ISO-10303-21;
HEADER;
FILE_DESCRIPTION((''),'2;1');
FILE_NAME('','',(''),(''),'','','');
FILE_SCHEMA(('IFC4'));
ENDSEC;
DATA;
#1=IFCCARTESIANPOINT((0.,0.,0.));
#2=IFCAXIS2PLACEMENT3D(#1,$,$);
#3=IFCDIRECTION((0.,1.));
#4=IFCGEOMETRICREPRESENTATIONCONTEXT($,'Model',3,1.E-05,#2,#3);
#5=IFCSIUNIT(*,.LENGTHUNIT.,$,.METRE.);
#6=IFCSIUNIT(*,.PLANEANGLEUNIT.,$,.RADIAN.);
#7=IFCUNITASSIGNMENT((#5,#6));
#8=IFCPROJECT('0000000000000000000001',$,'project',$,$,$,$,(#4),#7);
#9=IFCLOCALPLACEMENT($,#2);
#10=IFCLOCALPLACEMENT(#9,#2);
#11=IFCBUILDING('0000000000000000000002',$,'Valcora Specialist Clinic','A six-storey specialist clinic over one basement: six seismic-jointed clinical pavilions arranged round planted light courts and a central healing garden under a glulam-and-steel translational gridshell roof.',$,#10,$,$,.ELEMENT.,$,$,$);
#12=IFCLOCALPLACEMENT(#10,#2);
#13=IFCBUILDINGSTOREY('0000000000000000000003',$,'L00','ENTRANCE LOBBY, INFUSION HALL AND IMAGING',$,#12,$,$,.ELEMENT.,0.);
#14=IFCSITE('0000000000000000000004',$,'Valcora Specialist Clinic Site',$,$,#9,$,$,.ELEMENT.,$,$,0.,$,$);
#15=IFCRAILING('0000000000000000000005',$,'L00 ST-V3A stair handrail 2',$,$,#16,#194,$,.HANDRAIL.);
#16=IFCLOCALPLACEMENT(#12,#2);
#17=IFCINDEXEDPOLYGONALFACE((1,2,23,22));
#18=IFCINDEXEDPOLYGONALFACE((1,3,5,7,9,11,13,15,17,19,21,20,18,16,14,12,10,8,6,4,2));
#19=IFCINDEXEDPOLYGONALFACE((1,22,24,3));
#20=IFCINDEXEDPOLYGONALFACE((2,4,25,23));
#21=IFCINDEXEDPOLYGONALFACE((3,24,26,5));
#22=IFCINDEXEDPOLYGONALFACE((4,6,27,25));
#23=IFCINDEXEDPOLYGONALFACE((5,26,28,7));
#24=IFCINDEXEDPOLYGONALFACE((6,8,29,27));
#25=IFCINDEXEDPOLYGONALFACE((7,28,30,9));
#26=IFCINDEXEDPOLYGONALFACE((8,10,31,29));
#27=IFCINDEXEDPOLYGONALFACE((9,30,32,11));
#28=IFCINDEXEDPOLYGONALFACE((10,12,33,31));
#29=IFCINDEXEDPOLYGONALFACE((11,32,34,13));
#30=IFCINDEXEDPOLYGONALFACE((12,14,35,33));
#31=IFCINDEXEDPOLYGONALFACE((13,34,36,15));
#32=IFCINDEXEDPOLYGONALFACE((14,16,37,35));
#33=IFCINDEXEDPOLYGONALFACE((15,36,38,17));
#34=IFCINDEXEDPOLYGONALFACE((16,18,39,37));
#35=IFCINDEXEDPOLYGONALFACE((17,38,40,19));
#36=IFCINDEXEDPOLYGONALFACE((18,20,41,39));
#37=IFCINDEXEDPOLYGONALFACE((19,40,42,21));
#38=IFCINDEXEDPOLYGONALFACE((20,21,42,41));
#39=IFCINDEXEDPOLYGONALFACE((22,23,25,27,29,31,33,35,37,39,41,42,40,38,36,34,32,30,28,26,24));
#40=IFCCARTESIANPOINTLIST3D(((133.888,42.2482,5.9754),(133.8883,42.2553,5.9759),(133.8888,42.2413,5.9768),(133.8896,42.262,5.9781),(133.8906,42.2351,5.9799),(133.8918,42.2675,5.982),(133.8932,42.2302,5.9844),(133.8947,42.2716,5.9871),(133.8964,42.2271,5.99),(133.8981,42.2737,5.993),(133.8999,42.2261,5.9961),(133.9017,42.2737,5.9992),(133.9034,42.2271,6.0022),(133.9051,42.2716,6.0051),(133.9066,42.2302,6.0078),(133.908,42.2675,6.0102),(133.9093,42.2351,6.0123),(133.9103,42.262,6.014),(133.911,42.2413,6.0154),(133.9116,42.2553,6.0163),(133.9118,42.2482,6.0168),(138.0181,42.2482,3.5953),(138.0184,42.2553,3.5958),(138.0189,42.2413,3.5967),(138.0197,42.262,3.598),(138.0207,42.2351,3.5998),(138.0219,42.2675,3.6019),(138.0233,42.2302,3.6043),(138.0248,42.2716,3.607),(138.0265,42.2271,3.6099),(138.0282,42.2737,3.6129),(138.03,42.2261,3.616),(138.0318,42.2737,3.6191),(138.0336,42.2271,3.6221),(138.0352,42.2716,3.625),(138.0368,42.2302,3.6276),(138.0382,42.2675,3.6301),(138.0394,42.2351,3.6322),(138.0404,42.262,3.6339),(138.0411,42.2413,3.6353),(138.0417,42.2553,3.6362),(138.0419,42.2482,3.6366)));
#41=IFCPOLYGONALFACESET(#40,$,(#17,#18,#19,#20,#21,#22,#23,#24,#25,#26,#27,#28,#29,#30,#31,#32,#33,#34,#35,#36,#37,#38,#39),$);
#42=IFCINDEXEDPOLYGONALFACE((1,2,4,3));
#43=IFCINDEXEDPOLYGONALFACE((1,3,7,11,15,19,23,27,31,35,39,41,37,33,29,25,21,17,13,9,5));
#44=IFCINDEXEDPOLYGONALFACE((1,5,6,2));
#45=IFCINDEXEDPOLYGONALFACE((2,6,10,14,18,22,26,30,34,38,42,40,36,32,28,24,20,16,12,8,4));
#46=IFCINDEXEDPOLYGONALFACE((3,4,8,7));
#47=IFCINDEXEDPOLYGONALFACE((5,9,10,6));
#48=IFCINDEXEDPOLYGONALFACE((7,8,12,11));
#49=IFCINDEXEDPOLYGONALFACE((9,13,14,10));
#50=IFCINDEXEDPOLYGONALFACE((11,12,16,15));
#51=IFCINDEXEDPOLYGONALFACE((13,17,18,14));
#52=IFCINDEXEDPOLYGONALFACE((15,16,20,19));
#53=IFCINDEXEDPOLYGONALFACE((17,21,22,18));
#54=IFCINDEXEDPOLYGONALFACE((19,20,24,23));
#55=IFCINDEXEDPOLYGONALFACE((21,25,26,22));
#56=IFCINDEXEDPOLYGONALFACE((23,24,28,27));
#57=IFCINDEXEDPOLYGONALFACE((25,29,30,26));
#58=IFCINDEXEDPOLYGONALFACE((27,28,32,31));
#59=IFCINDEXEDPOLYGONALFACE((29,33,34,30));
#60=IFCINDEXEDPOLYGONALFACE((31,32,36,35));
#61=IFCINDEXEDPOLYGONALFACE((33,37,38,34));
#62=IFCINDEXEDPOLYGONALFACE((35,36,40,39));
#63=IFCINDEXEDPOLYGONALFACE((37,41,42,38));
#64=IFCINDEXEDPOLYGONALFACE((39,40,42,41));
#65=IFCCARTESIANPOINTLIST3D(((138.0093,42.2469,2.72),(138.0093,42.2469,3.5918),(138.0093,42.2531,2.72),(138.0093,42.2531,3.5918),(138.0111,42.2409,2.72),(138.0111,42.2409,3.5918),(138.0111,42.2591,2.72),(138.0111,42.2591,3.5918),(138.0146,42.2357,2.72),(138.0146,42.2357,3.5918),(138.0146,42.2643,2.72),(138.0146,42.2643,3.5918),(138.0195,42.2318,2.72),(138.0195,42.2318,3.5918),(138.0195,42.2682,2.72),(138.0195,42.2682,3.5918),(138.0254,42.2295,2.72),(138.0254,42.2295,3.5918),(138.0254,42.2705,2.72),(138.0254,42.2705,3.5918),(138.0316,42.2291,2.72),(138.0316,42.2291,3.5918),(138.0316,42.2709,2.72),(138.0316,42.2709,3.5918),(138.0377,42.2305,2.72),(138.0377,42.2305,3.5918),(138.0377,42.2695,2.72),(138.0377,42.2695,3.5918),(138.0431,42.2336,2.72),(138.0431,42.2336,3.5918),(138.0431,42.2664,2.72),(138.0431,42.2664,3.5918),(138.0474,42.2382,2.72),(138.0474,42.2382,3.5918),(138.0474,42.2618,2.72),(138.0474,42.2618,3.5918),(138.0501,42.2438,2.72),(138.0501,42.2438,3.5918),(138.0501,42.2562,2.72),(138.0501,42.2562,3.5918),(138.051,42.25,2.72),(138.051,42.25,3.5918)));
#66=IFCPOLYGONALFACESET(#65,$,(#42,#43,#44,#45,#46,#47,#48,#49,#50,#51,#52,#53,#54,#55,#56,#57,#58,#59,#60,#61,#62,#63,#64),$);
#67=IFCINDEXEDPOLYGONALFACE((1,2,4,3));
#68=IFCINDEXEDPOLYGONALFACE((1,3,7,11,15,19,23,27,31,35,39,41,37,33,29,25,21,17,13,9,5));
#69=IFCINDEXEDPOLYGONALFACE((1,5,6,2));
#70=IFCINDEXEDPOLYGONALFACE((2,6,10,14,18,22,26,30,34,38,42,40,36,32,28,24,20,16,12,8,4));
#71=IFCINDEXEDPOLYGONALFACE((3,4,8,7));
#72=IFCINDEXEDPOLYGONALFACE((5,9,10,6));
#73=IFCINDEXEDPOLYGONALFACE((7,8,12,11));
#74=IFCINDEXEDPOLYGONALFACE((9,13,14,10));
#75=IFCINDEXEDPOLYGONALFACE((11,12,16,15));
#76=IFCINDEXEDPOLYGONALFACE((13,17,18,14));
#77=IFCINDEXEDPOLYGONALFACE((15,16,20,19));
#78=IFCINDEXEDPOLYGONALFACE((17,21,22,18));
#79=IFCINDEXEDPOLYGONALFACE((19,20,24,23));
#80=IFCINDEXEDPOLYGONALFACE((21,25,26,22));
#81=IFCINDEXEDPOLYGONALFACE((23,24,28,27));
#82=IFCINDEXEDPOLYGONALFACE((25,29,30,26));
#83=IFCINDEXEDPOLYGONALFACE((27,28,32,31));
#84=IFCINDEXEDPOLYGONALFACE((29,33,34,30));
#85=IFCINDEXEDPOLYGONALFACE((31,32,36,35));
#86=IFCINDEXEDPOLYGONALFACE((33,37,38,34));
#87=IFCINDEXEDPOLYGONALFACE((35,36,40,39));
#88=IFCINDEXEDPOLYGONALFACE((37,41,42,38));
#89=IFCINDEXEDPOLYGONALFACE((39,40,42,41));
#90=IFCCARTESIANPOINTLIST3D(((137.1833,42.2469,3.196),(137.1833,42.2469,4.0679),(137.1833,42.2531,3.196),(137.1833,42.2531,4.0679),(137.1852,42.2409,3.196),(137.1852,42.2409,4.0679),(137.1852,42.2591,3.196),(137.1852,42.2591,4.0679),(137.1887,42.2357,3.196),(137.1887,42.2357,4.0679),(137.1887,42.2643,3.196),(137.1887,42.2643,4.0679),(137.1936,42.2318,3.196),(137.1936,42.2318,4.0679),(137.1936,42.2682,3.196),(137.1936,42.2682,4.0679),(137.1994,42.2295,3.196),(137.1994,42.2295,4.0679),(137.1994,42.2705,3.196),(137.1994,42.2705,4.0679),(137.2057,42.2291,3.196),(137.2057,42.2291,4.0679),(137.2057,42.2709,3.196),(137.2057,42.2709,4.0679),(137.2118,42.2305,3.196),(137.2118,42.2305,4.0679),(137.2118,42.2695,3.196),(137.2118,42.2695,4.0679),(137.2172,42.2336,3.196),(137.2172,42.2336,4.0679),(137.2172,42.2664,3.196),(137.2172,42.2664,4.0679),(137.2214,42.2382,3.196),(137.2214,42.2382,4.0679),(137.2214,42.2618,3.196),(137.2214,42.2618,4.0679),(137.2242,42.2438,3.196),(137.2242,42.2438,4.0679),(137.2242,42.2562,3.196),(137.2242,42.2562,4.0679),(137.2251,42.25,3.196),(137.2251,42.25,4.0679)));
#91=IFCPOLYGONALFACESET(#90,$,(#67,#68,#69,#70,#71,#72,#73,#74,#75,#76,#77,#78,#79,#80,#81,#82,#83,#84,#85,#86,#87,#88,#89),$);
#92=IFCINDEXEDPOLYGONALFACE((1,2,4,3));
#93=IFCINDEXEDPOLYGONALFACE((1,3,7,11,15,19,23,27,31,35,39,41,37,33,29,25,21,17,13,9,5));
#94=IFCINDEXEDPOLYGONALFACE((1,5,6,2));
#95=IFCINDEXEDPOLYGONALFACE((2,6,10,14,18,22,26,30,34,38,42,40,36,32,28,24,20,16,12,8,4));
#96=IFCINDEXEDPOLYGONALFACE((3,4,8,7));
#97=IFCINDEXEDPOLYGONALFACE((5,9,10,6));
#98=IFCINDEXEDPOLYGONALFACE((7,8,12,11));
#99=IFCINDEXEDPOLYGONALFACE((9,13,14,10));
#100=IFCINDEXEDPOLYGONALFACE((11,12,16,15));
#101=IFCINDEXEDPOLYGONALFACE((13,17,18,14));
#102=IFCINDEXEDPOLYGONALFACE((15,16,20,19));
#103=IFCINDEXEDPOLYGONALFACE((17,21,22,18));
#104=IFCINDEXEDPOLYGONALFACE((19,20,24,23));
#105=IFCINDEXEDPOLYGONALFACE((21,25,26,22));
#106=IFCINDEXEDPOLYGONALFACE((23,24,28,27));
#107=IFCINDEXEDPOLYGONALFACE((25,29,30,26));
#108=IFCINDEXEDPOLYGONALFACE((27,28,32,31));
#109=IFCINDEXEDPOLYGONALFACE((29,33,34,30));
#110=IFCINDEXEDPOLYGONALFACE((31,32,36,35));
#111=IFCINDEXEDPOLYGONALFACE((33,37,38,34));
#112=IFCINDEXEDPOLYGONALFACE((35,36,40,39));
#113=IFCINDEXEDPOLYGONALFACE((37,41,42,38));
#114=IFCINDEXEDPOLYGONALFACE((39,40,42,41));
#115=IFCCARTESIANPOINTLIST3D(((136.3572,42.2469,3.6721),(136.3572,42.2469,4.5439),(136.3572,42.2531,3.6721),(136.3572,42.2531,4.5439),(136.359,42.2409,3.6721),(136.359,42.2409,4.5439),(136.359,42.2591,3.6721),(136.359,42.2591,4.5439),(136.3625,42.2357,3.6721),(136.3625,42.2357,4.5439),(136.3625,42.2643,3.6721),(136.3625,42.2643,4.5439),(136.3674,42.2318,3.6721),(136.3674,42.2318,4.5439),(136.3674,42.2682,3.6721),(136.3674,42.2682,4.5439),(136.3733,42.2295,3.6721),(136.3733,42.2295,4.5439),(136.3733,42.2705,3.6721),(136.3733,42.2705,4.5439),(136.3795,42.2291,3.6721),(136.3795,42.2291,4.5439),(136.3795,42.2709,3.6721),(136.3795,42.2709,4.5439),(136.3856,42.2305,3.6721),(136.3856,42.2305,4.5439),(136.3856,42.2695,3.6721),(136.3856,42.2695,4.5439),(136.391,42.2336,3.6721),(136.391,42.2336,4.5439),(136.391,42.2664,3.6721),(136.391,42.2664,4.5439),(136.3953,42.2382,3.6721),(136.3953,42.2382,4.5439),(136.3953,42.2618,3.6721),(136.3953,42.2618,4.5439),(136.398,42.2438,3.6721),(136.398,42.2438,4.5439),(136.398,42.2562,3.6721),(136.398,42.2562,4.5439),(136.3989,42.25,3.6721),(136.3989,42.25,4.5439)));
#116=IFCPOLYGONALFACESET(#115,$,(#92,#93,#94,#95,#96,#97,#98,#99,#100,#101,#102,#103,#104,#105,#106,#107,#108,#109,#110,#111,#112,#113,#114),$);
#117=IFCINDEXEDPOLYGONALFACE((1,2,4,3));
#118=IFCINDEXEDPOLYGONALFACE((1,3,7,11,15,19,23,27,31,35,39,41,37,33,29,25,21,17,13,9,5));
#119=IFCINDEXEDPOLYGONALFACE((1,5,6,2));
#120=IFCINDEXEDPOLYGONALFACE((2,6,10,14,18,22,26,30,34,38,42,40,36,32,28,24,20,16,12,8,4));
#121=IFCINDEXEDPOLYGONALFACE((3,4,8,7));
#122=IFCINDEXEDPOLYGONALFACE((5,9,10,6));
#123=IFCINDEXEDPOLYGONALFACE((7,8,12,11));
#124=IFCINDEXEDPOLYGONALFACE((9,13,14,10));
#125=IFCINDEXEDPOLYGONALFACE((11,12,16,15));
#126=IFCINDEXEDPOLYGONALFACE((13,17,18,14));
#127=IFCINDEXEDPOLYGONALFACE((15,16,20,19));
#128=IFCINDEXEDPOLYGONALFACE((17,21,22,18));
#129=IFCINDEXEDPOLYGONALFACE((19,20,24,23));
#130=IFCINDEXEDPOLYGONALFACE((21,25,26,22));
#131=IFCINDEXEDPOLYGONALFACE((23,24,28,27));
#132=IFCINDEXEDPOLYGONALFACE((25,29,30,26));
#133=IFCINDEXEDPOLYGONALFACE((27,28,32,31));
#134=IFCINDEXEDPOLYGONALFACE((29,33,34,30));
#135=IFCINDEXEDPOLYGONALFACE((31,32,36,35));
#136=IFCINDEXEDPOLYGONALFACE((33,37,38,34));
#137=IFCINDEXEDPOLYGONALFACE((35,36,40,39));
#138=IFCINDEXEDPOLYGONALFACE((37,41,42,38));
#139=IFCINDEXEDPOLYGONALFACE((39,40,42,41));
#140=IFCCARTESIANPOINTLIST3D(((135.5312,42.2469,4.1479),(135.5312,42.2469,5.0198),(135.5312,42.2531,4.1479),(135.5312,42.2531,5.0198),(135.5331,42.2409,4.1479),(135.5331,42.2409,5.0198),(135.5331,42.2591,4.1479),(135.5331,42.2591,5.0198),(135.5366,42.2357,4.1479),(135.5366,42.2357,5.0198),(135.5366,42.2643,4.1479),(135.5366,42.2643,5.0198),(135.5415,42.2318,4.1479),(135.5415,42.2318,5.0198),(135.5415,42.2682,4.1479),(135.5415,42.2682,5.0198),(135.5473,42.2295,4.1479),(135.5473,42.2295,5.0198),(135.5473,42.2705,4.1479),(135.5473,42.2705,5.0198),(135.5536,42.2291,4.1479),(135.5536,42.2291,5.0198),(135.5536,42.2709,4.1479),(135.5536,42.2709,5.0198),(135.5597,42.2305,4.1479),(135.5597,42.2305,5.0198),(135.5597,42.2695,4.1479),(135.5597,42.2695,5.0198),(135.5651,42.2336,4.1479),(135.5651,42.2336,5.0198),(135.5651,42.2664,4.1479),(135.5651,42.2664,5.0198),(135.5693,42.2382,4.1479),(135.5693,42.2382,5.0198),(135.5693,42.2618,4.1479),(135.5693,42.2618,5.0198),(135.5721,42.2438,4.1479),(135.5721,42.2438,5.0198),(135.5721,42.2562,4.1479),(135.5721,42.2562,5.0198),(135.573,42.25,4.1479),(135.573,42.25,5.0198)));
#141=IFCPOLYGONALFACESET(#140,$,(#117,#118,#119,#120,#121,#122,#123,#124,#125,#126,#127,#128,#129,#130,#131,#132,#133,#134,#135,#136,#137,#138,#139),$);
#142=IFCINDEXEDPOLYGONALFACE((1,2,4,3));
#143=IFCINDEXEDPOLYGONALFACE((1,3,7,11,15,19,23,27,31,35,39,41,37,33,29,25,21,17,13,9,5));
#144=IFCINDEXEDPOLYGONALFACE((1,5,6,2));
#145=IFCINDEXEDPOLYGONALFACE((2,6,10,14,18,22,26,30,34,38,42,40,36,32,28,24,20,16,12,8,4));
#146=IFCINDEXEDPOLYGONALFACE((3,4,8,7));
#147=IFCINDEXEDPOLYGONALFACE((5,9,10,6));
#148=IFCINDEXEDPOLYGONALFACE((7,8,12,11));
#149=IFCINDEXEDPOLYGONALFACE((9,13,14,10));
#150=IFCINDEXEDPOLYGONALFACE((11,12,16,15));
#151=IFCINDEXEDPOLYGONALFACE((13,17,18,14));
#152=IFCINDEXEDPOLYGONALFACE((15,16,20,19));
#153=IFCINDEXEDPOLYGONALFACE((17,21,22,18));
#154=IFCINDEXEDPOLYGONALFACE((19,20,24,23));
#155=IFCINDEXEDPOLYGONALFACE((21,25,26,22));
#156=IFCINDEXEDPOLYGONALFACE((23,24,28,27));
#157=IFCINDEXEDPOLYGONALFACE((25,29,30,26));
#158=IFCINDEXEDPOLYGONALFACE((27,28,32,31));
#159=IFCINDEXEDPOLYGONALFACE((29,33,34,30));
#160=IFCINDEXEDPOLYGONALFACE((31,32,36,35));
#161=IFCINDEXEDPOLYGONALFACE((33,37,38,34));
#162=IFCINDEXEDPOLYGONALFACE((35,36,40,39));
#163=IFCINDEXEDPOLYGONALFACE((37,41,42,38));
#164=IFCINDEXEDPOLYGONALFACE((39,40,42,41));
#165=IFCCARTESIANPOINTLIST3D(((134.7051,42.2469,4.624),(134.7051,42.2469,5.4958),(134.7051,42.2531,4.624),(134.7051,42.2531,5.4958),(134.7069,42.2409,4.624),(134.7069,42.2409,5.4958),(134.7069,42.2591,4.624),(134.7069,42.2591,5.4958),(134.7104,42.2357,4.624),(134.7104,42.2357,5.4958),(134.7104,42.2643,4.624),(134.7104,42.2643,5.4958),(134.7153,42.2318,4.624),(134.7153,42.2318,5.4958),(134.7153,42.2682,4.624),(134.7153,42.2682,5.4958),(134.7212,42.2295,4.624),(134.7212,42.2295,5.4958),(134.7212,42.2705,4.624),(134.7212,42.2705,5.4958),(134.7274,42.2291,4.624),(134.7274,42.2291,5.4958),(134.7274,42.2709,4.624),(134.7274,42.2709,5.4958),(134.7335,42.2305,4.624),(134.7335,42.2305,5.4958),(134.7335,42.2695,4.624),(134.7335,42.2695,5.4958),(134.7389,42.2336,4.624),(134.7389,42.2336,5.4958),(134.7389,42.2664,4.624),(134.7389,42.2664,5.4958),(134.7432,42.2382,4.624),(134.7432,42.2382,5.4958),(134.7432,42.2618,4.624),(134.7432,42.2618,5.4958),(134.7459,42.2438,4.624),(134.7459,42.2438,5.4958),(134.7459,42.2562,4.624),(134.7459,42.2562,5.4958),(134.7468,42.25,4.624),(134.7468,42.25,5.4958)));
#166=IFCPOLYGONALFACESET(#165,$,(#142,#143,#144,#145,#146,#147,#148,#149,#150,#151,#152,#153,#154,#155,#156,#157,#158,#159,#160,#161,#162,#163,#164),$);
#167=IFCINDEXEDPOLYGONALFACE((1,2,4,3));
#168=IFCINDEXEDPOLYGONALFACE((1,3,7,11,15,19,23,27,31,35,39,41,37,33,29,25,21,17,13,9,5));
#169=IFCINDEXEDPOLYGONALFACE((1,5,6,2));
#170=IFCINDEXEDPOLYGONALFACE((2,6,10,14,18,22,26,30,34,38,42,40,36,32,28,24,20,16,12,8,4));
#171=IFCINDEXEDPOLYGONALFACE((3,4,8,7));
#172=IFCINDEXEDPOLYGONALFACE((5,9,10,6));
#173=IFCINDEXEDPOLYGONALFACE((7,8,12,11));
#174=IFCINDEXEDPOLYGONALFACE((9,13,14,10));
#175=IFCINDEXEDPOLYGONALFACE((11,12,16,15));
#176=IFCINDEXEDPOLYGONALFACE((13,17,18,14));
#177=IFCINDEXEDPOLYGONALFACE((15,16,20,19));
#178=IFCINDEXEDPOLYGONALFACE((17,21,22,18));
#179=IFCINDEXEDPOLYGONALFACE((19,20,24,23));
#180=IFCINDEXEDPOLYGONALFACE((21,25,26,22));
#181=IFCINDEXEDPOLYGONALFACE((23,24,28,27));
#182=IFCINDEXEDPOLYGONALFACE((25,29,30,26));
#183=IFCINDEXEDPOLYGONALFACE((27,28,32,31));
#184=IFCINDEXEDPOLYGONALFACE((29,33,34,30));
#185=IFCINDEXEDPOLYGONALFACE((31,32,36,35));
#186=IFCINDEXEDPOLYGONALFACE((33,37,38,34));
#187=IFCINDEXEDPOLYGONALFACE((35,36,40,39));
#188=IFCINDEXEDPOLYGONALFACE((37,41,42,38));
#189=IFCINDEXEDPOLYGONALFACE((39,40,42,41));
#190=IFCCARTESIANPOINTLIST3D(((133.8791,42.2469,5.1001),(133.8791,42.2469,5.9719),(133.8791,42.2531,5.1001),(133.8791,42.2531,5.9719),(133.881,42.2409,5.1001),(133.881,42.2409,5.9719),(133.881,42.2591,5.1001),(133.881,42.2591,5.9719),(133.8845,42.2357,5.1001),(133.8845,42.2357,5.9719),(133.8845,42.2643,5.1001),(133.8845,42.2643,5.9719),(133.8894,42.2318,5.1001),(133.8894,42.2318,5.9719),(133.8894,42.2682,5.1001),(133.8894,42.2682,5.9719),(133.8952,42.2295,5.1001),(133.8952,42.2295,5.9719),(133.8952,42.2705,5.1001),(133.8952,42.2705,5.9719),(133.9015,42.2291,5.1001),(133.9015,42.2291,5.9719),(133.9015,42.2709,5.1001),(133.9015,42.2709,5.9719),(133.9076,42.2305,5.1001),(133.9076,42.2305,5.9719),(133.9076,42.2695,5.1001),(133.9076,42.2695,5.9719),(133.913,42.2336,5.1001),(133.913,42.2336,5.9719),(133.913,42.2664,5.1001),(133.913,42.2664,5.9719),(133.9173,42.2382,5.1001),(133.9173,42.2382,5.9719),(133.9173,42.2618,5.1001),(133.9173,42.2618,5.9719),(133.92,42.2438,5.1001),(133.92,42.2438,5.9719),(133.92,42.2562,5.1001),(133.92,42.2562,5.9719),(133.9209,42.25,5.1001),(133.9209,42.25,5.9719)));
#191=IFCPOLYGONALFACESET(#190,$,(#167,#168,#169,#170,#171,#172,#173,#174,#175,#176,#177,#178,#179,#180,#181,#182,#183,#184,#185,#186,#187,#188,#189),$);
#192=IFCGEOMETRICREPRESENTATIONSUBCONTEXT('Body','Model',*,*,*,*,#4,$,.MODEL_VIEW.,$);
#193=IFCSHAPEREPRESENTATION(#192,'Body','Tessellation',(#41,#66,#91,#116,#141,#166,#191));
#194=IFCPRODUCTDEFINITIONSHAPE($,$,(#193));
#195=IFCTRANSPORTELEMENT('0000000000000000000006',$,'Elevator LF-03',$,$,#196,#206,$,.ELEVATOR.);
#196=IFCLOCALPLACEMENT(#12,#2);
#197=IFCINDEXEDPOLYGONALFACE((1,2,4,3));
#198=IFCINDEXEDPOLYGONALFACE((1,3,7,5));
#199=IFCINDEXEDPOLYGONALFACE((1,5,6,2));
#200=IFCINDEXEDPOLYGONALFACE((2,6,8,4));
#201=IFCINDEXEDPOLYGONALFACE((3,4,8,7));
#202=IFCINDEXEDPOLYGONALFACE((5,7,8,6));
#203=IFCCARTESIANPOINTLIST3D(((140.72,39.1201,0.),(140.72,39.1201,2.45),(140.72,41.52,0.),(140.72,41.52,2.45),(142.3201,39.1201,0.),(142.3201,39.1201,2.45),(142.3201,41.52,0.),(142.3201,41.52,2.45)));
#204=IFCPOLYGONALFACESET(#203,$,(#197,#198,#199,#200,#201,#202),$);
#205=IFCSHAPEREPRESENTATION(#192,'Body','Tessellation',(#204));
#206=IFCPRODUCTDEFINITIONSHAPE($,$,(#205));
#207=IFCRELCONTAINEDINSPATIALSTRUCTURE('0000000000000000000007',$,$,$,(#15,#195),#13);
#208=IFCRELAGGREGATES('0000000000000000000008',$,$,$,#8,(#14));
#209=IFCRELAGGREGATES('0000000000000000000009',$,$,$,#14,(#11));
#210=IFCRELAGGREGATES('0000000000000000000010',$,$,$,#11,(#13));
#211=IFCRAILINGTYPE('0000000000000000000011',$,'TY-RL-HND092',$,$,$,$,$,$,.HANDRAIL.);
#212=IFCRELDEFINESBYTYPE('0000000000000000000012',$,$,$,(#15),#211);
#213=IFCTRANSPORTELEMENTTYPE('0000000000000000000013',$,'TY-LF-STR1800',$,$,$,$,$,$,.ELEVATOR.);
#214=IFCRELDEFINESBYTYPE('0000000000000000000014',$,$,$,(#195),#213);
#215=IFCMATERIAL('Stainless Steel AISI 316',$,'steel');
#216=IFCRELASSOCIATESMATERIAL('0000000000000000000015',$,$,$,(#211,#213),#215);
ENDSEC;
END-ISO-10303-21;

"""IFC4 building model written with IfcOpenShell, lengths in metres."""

from ifc_helpers import new_model, si_unit, direction, frame, origin, origin_2d, place, context, subcontext, project, spatial, rectangle, circle, extrude, material, type_object, element, save


model = new_model("IFC4")

# Units and contexts
model_context = context("Model", 3, precision=1e-05, world=origin(), true_north=direction((0.0, 1.0)))
body_context = subcontext(model_context, "Body", "Model", "MODEL_VIEW")
ifc_project = project(units=[si_unit("LENGTHUNIT", "METRE"), si_unit("PLANEANGLEUNIT", "RADIAN")], contexts=[model_context])

# Site, building, storey
site_placement = place(None, origin())
site = spatial("IfcSite", under=ifc_project, at=site_placement, Name="Valcora Specialist Clinic Site", CompositionType="ELEMENT", RefElevation=0.0)
building_placement = place(site_placement, origin())
building = spatial("IfcBuilding", under=site, at=building_placement, Name="Valcora Specialist Clinic", Description="A six-storey specialist clinic over one basement: six seismic-jointed clinical pavilions arranged round planted light courts and a central healing garden under a glulam-and-steel translational gridshell roof.", CompositionType="ELEMENT")
storey_placement = place(building_placement, origin())
storey = spatial("IfcBuildingStorey", under=building, at=storey_placement, Name="L00", Description="ENTRANCE LOBBY, INFUSION HALL AND IMAGING", CompositionType="ELEMENT", Elevation=0.0)

# Shared definitions
ifc_material_1 = material(Name="Stainless Steel AISI 316", Category="steel")

# Railing
railing_type_1 = type_object("IfcRailingType", Name="TY-RL-HND092", PredefinedType="HANDRAIL", material=ifc_material_1)
railing_1_placement = place(storey_placement, frame((138.03, 42.25, 2.72)))
element("IfcRailing", 1, at=railing_1_placement, inside=storey, type_object=railing_type_1, Name="L00 ST-V3A stair handrail 2", PredefinedType="HANDRAIL", context=body_context, shape_type="SweptSolid", body=[
    extrude(circle(Radius=0.0239, at=origin_2d()), frame((0.0, 0.0, 0.896), z_axis=(-0.866425, 0.0, 0.499307), x_axis=(0.0, -1.0, 0.0)), (0.0, 0.0, 1.0), 4.7668),
    extrude(circle(Radius=0.021, at=origin_2d()), origin(), (0.0, 0.0, 1.0), 0.8718),
    extrude(circle(Radius=0.021, at=origin_2d()), frame((-0.8259, 0.0, 0.4761)), (0.0, 0.0, 1.0), 0.8718),
    extrude(circle(Radius=0.021, at=origin_2d()), frame((-1.6521, 0.0, 0.9521)), (0.0, 0.0, 1.0), 0.8718),
    extrude(circle(Radius=0.021, at=origin_2d()), frame((-2.478, 0.0, 1.428)), (0.0, 0.0, 1.0), 0.8718),
    extrude(circle(Radius=0.021, at=origin_2d()), frame((-3.3042, 0.0, 1.9041)), (0.0, 0.0, 1.0), 0.8718),
    extrude(circle(Radius=0.021, at=origin_2d()), frame((-4.1301, 0.0, 2.3801)), (0.0, 0.0, 1.0), 0.8718),
])

# Transport element
transport_element_type = type_object("IfcTransportElementType", Name="TY-LF-STR1800", PredefinedType="ELEVATOR", material=ifc_material_1)
transport_element_placement = place(storey_placement, frame((141.52, 40.3201, 0.0), z_axis=(0.0, 0.0, 1.0), x_axis=(1.0, 0.0, 0.0)))
element("IfcTransportElement", 2, at=transport_element_placement, inside=storey, type_object=transport_element_type, Name="Elevator LF-03", PredefinedType="ELEVATOR", context=body_context, shape_type="SweptSolid", body=[
    extrude(rectangle(XDim=1.6001, YDim=2.3999, at=origin_2d()), origin(), (0.0, 0.0, 1.0), 2.45),
])

save(model, "model.ifc")
